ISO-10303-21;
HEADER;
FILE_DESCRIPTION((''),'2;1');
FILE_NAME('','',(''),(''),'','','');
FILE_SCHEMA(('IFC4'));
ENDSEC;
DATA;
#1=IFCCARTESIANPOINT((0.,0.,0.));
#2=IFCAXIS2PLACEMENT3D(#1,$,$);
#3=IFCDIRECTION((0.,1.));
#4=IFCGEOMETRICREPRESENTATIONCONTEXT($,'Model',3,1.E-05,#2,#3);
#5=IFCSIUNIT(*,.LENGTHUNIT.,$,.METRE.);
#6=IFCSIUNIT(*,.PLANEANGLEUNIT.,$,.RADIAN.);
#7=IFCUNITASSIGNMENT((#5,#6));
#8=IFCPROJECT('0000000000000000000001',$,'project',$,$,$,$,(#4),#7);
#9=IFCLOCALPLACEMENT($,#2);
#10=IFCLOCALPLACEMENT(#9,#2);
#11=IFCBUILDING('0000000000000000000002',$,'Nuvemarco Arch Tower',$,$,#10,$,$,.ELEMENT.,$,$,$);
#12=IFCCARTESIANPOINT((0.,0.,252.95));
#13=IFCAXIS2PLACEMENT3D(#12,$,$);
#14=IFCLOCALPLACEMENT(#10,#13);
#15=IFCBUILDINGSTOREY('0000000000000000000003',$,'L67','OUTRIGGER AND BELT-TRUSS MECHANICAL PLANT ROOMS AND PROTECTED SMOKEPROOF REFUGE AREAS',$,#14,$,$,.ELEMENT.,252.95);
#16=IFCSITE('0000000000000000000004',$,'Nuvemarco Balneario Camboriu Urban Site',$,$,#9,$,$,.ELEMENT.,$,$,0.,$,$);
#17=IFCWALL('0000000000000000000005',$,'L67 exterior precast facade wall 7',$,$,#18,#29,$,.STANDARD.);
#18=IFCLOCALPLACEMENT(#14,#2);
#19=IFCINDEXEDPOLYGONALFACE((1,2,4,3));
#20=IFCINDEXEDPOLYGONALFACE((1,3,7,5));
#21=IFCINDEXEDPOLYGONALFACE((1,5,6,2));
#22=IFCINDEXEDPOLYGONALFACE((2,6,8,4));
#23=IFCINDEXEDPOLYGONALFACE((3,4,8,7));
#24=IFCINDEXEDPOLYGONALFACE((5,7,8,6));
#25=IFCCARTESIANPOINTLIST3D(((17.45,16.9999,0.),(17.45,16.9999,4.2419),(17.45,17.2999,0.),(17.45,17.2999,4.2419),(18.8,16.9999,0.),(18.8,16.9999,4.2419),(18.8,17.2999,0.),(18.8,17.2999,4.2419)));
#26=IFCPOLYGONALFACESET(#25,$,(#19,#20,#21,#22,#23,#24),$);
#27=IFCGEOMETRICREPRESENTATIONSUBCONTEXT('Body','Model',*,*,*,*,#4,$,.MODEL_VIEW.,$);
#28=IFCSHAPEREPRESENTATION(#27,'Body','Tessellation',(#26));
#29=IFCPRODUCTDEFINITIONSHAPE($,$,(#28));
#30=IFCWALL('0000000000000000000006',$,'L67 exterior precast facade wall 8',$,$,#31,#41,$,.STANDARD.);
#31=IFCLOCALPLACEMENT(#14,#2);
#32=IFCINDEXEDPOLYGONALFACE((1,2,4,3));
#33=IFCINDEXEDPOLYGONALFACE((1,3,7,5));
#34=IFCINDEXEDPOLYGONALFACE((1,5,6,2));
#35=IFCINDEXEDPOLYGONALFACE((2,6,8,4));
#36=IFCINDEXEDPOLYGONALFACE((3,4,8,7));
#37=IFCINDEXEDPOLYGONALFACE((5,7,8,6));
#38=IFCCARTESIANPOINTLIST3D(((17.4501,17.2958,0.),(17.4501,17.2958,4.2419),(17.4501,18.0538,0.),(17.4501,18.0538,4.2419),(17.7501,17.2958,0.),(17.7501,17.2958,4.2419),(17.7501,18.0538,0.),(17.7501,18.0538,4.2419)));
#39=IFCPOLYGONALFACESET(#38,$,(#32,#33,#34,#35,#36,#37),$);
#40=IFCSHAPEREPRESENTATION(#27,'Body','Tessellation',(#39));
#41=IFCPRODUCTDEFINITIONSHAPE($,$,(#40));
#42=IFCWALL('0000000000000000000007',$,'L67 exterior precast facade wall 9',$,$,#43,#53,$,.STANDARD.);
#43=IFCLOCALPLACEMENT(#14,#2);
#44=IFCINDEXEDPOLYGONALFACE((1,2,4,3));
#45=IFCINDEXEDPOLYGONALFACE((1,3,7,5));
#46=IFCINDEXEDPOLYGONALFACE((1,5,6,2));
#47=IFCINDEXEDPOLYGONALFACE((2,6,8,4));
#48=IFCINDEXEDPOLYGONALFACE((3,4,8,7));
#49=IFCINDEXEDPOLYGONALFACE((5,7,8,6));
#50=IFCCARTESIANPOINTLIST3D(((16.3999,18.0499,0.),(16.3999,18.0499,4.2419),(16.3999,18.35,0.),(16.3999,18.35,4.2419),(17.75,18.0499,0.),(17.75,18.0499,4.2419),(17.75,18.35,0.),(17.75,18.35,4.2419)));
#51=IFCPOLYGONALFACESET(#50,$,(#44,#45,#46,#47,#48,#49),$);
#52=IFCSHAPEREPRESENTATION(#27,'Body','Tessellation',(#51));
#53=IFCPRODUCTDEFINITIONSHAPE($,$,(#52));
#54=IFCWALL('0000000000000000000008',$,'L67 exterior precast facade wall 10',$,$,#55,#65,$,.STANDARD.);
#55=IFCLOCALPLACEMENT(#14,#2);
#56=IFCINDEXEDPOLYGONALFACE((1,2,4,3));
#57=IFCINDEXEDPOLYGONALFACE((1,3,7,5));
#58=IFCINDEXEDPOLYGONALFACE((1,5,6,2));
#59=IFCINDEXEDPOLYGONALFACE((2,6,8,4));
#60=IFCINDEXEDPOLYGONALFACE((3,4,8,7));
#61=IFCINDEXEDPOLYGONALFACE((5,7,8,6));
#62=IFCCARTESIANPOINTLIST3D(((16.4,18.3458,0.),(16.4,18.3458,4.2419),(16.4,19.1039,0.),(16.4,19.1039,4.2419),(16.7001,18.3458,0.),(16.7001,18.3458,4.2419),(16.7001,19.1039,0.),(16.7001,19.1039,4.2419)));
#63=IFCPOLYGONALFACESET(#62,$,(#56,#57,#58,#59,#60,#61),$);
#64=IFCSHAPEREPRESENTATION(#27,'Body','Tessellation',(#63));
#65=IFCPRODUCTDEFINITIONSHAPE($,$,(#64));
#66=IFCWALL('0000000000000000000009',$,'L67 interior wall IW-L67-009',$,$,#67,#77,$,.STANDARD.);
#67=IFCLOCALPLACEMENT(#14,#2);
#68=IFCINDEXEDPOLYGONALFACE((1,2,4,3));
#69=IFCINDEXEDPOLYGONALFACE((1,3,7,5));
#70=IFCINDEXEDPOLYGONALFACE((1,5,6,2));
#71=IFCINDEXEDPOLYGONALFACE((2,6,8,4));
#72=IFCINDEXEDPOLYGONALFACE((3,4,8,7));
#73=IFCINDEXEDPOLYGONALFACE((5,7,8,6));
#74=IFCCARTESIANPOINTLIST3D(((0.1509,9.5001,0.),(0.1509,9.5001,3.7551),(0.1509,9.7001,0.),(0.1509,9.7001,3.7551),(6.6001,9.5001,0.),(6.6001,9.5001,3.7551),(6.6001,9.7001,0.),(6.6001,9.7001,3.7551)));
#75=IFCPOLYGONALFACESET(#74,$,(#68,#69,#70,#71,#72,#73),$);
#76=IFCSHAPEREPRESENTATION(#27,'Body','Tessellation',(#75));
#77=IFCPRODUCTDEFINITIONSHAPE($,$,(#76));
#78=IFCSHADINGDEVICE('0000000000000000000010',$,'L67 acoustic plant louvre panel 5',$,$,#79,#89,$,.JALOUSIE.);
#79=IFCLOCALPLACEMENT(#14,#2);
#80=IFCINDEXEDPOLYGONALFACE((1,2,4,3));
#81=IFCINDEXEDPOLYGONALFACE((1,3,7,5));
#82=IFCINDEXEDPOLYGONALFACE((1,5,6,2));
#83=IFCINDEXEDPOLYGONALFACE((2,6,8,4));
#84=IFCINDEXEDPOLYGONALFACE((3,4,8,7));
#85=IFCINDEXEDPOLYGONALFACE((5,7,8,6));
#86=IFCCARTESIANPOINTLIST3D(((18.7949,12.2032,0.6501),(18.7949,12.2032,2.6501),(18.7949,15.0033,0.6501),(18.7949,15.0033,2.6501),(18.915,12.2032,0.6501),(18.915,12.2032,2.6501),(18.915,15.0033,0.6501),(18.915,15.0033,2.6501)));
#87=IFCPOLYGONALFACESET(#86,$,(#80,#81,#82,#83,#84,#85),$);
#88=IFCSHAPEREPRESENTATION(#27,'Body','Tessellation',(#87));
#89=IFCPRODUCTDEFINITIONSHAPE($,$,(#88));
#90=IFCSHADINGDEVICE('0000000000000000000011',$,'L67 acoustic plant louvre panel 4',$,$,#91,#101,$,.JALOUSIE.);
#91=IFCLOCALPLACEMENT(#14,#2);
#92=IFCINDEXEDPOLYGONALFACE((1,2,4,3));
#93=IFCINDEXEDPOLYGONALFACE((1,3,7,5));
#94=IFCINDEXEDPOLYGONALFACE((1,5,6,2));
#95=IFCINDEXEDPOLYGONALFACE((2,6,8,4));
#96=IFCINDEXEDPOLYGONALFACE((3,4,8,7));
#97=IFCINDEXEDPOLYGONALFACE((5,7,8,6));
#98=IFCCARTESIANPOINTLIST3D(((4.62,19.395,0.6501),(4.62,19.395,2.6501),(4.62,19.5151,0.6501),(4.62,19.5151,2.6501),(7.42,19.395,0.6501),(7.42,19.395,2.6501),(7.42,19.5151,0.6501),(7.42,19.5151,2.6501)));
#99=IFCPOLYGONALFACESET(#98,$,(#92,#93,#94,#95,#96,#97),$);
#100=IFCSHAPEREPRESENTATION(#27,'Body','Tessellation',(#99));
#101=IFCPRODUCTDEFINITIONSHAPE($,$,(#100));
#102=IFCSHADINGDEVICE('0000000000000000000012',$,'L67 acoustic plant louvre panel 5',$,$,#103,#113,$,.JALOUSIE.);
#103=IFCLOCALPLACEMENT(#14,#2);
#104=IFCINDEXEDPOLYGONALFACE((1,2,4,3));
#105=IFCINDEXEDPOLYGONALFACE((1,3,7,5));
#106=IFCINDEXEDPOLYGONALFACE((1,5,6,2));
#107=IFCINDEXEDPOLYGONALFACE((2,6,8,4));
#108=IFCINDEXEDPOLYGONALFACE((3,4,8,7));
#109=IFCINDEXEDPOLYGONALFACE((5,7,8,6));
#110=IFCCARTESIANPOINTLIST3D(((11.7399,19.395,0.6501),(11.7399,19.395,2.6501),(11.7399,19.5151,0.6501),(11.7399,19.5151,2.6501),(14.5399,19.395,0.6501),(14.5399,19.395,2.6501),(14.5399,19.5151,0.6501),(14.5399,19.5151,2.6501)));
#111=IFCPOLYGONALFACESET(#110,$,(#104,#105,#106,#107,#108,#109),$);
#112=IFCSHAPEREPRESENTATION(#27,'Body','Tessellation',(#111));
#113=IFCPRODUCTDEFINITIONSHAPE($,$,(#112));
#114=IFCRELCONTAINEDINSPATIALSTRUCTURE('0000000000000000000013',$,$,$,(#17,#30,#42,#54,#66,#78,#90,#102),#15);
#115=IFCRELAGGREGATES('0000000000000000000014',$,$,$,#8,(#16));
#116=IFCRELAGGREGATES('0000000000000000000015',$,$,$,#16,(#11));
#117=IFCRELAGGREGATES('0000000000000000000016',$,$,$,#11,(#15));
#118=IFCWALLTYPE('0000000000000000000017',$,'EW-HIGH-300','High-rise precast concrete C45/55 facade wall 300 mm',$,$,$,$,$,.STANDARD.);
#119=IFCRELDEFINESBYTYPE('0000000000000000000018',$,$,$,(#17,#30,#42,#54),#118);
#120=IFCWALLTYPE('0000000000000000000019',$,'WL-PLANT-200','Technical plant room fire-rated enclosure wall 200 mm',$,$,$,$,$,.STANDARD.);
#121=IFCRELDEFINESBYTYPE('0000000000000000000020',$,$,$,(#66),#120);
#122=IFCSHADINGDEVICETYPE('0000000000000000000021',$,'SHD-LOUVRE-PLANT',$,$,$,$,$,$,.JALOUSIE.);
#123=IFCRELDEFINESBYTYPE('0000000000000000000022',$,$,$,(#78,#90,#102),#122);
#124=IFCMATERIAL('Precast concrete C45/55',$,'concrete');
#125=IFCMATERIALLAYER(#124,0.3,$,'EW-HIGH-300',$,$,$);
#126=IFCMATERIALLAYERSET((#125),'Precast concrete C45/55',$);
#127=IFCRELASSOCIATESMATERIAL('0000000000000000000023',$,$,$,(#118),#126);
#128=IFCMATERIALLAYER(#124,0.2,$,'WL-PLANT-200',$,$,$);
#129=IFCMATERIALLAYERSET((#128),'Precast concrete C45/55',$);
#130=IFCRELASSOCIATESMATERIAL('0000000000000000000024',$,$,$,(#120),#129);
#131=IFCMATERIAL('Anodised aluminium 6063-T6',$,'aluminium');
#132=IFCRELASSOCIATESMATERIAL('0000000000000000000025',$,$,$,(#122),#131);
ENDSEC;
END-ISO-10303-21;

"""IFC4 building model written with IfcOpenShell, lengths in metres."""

from ifc_helpers import new_model, si_unit, direction, frame, frame_2d, origin, origin_2d, place, context, subcontext, project, spatial, rectangle, extrude, source, transform, mapped, material, layer, layer_set, type_object, type_shapes, element, save


model = new_model("IFC4")

# Units and contexts
model_context = context("Model", 3, precision=1e-05, world=origin(), true_north=direction((0.0, 1.0)))
body_context = subcontext(model_context, "Body", "Model", "MODEL_VIEW")
ifc_project = project(units=[si_unit("LENGTHUNIT", "METRE"), si_unit("PLANEANGLEUNIT", "RADIAN")], contexts=[model_context])

# Site, building, storey
site_placement = place(None, origin())
site = spatial("IfcSite", under=ifc_project, at=site_placement, Name="Nuvemarco Balneario Camboriu Urban Site", CompositionType="ELEMENT", RefElevation=0.0)
building_placement = place(site_placement, origin())
building = spatial("IfcBuilding", under=site, at=building_placement, Name="Nuvemarco Arch Tower", CompositionType="ELEMENT")
storey_placement = place(building_placement, frame((0.0, 0.0, 252.95)))
storey = spatial("IfcBuildingStorey", under=building, at=storey_placement, Name="L67", Description="OUTRIGGER AND BELT-TRUSS MECHANICAL PLANT ROOMS AND PROTECTED SMOKEPROOF REFUGE AREAS", CompositionType="ELEMENT", Elevation=252.95)

# Shared definitions
ifc_material_1 = material(Name="Precast concrete C45/55", Category="concrete")

# Walls
ifc_layer_1 = layer(ifc_material_1, 0.3, Name="EW-HIGH-300")
ifc_layer_set_1 = layer_set([ifc_layer_1], Name="Precast concrete C45/55")
wall_type_1 = type_object("IfcWallType", Name="EW-HIGH-300", Description="High-rise precast concrete C45/55 facade wall 300 mm", PredefinedType="STANDARD", material=ifc_layer_set_1)
wall_1_placement = place(storey_placement, frame((17.45, 17.1499, 0.0), z_axis=(0.0, 0.0, 1.0), x_axis=(1.0, 0.0, 0.0)))
element("IfcWall", 1, at=wall_1_placement, inside=storey, type_object=wall_type_1, Name="L67 exterior precast facade wall 7", PredefinedType="STANDARD", context=body_context, shape_type="SweptSolid", body=[
    extrude(rectangle(XDim=1.3501, YDim=0.3, at=frame_2d((0.675, 0.0))), origin(), (0.0, 0.0, 1.0), 4.2419),
])
wall_2_placement = place(storey_placement, frame((17.6001, 17.2959, 0.0), z_axis=(0.0, 0.0, 1.0), x_axis=(0.0, 1.0, 0.0)))
element("IfcWall", 2, at=wall_2_placement, inside=storey, type_object=wall_type_1, Name="L67 exterior precast facade wall 8", PredefinedType="STANDARD", context=body_context, shape_type="SweptSolid", body=[
    extrude(rectangle(XDim=0.7581, YDim=0.3, at=frame_2d((0.3789, 0.0))), origin(), (0.0, 0.0, 1.0), 4.2419),
])
wall_3_placement = place(storey_placement, frame((16.3999, 18.2, 0.0), z_axis=(0.0, 0.0, 1.0), x_axis=(1.0, 0.0, 0.0)))
element("IfcWall", 3, at=wall_3_placement, inside=storey, type_object=wall_type_1, Name="L67 exterior precast facade wall 9", PredefinedType="STANDARD", context=body_context, shape_type="SweptSolid", body=[
    extrude(rectangle(XDim=1.3501, YDim=0.3, at=frame_2d((0.675, 0.0))), origin(), (0.0, 0.0, 1.0), 4.2419),
])
wall_4_placement = place(storey_placement, frame((16.55, 18.3459, 0.0), z_axis=(0.0, 0.0, 1.0), x_axis=(0.0, 1.0, 0.0)))
element("IfcWall", 4, at=wall_4_placement, inside=storey, type_object=wall_type_1, Name="L67 exterior precast facade wall 10", PredefinedType="STANDARD", context=body_context, shape_type="SweptSolid", body=[
    extrude(rectangle(XDim=0.7581, YDim=0.3, at=frame_2d((0.3789, 0.0))), origin(), (0.0, 0.0, 1.0), 4.2419),
])
ifc_layer_2 = layer(ifc_material_1, 0.2, Name="WL-PLANT-200")
ifc_layer_set_2 = layer_set([ifc_layer_2], Name="Precast concrete C45/55")
wall_type_2 = type_object("IfcWallType", Name="WL-PLANT-200", Description="Technical plant room fire-rated enclosure wall 200 mm", PredefinedType="STANDARD", material=ifc_layer_set_2)
wall_5_placement = place(storey_placement, frame((0.1509, 9.6001, 0.0), z_axis=(0.0, 0.0, 1.0), x_axis=(1.0, 0.0, 0.0)))
element("IfcWall", 5, at=wall_5_placement, inside=storey, type_object=wall_type_2, Name="L67 interior wall IW-L67-009", PredefinedType="STANDARD", context=body_context, shape_type="SweptSolid", body=[
    extrude(rectangle(XDim=6.4492, YDim=0.2, at=frame_2d((3.2246, 0.0))), origin(), (0.0, 0.0, 1.0), 3.7551),
])

# Shading devices
ifc_material_2 = material(Name="Anodised aluminium 6063-T6", Category="aluminium")
shading_device_type = type_object("IfcShadingDeviceType", Name="SHD-LOUVRE-PLANT", PredefinedType="JALOUSIE", material=ifc_material_2)
shared_shape_1 = source(origin(), body_context, "Body", "SweptSolid", [
    extrude(rectangle(XDim=2.8, YDim=0.1201, at=origin_2d()), origin(), (0.0, 0.0, 1.0), 2.0),
])
type_shapes(shading_device_type, [shared_shape_1])
for number, where, z_axis, x_axis, name in (
    (6, (18.855, 13.6033, 0.6501), (0.0, 0.0, 1.0), (0.0, 1.0, 0.0), "L67 acoustic plant louvre panel 5"),
    (7, (6.02, 19.4551, 0.6501), (0.0, 0.0, 1.0), (1.0, 0.0, 0.0), "L67 acoustic plant louvre panel 4"),
    (8, (13.1399, 19.4551, 0.6501), (0.0, 0.0, 1.0), (1.0, 0.0, 0.0), "L67 acoustic plant louvre panel 5"),
):
    element("IfcShadingDevice", number, at=place(storey_placement, frame(where, z_axis=z_axis, x_axis=x_axis)), inside=storey, type_object=shading_device_type, Name=name, PredefinedType="JALOUSIE", context=body_context, shape_type="MappedRepresentation", body=[
        mapped(shared_shape_1, transform((0.0, 0.0, 0.0), scale=1.0)),
    ])

save(model, "model.ifc")
